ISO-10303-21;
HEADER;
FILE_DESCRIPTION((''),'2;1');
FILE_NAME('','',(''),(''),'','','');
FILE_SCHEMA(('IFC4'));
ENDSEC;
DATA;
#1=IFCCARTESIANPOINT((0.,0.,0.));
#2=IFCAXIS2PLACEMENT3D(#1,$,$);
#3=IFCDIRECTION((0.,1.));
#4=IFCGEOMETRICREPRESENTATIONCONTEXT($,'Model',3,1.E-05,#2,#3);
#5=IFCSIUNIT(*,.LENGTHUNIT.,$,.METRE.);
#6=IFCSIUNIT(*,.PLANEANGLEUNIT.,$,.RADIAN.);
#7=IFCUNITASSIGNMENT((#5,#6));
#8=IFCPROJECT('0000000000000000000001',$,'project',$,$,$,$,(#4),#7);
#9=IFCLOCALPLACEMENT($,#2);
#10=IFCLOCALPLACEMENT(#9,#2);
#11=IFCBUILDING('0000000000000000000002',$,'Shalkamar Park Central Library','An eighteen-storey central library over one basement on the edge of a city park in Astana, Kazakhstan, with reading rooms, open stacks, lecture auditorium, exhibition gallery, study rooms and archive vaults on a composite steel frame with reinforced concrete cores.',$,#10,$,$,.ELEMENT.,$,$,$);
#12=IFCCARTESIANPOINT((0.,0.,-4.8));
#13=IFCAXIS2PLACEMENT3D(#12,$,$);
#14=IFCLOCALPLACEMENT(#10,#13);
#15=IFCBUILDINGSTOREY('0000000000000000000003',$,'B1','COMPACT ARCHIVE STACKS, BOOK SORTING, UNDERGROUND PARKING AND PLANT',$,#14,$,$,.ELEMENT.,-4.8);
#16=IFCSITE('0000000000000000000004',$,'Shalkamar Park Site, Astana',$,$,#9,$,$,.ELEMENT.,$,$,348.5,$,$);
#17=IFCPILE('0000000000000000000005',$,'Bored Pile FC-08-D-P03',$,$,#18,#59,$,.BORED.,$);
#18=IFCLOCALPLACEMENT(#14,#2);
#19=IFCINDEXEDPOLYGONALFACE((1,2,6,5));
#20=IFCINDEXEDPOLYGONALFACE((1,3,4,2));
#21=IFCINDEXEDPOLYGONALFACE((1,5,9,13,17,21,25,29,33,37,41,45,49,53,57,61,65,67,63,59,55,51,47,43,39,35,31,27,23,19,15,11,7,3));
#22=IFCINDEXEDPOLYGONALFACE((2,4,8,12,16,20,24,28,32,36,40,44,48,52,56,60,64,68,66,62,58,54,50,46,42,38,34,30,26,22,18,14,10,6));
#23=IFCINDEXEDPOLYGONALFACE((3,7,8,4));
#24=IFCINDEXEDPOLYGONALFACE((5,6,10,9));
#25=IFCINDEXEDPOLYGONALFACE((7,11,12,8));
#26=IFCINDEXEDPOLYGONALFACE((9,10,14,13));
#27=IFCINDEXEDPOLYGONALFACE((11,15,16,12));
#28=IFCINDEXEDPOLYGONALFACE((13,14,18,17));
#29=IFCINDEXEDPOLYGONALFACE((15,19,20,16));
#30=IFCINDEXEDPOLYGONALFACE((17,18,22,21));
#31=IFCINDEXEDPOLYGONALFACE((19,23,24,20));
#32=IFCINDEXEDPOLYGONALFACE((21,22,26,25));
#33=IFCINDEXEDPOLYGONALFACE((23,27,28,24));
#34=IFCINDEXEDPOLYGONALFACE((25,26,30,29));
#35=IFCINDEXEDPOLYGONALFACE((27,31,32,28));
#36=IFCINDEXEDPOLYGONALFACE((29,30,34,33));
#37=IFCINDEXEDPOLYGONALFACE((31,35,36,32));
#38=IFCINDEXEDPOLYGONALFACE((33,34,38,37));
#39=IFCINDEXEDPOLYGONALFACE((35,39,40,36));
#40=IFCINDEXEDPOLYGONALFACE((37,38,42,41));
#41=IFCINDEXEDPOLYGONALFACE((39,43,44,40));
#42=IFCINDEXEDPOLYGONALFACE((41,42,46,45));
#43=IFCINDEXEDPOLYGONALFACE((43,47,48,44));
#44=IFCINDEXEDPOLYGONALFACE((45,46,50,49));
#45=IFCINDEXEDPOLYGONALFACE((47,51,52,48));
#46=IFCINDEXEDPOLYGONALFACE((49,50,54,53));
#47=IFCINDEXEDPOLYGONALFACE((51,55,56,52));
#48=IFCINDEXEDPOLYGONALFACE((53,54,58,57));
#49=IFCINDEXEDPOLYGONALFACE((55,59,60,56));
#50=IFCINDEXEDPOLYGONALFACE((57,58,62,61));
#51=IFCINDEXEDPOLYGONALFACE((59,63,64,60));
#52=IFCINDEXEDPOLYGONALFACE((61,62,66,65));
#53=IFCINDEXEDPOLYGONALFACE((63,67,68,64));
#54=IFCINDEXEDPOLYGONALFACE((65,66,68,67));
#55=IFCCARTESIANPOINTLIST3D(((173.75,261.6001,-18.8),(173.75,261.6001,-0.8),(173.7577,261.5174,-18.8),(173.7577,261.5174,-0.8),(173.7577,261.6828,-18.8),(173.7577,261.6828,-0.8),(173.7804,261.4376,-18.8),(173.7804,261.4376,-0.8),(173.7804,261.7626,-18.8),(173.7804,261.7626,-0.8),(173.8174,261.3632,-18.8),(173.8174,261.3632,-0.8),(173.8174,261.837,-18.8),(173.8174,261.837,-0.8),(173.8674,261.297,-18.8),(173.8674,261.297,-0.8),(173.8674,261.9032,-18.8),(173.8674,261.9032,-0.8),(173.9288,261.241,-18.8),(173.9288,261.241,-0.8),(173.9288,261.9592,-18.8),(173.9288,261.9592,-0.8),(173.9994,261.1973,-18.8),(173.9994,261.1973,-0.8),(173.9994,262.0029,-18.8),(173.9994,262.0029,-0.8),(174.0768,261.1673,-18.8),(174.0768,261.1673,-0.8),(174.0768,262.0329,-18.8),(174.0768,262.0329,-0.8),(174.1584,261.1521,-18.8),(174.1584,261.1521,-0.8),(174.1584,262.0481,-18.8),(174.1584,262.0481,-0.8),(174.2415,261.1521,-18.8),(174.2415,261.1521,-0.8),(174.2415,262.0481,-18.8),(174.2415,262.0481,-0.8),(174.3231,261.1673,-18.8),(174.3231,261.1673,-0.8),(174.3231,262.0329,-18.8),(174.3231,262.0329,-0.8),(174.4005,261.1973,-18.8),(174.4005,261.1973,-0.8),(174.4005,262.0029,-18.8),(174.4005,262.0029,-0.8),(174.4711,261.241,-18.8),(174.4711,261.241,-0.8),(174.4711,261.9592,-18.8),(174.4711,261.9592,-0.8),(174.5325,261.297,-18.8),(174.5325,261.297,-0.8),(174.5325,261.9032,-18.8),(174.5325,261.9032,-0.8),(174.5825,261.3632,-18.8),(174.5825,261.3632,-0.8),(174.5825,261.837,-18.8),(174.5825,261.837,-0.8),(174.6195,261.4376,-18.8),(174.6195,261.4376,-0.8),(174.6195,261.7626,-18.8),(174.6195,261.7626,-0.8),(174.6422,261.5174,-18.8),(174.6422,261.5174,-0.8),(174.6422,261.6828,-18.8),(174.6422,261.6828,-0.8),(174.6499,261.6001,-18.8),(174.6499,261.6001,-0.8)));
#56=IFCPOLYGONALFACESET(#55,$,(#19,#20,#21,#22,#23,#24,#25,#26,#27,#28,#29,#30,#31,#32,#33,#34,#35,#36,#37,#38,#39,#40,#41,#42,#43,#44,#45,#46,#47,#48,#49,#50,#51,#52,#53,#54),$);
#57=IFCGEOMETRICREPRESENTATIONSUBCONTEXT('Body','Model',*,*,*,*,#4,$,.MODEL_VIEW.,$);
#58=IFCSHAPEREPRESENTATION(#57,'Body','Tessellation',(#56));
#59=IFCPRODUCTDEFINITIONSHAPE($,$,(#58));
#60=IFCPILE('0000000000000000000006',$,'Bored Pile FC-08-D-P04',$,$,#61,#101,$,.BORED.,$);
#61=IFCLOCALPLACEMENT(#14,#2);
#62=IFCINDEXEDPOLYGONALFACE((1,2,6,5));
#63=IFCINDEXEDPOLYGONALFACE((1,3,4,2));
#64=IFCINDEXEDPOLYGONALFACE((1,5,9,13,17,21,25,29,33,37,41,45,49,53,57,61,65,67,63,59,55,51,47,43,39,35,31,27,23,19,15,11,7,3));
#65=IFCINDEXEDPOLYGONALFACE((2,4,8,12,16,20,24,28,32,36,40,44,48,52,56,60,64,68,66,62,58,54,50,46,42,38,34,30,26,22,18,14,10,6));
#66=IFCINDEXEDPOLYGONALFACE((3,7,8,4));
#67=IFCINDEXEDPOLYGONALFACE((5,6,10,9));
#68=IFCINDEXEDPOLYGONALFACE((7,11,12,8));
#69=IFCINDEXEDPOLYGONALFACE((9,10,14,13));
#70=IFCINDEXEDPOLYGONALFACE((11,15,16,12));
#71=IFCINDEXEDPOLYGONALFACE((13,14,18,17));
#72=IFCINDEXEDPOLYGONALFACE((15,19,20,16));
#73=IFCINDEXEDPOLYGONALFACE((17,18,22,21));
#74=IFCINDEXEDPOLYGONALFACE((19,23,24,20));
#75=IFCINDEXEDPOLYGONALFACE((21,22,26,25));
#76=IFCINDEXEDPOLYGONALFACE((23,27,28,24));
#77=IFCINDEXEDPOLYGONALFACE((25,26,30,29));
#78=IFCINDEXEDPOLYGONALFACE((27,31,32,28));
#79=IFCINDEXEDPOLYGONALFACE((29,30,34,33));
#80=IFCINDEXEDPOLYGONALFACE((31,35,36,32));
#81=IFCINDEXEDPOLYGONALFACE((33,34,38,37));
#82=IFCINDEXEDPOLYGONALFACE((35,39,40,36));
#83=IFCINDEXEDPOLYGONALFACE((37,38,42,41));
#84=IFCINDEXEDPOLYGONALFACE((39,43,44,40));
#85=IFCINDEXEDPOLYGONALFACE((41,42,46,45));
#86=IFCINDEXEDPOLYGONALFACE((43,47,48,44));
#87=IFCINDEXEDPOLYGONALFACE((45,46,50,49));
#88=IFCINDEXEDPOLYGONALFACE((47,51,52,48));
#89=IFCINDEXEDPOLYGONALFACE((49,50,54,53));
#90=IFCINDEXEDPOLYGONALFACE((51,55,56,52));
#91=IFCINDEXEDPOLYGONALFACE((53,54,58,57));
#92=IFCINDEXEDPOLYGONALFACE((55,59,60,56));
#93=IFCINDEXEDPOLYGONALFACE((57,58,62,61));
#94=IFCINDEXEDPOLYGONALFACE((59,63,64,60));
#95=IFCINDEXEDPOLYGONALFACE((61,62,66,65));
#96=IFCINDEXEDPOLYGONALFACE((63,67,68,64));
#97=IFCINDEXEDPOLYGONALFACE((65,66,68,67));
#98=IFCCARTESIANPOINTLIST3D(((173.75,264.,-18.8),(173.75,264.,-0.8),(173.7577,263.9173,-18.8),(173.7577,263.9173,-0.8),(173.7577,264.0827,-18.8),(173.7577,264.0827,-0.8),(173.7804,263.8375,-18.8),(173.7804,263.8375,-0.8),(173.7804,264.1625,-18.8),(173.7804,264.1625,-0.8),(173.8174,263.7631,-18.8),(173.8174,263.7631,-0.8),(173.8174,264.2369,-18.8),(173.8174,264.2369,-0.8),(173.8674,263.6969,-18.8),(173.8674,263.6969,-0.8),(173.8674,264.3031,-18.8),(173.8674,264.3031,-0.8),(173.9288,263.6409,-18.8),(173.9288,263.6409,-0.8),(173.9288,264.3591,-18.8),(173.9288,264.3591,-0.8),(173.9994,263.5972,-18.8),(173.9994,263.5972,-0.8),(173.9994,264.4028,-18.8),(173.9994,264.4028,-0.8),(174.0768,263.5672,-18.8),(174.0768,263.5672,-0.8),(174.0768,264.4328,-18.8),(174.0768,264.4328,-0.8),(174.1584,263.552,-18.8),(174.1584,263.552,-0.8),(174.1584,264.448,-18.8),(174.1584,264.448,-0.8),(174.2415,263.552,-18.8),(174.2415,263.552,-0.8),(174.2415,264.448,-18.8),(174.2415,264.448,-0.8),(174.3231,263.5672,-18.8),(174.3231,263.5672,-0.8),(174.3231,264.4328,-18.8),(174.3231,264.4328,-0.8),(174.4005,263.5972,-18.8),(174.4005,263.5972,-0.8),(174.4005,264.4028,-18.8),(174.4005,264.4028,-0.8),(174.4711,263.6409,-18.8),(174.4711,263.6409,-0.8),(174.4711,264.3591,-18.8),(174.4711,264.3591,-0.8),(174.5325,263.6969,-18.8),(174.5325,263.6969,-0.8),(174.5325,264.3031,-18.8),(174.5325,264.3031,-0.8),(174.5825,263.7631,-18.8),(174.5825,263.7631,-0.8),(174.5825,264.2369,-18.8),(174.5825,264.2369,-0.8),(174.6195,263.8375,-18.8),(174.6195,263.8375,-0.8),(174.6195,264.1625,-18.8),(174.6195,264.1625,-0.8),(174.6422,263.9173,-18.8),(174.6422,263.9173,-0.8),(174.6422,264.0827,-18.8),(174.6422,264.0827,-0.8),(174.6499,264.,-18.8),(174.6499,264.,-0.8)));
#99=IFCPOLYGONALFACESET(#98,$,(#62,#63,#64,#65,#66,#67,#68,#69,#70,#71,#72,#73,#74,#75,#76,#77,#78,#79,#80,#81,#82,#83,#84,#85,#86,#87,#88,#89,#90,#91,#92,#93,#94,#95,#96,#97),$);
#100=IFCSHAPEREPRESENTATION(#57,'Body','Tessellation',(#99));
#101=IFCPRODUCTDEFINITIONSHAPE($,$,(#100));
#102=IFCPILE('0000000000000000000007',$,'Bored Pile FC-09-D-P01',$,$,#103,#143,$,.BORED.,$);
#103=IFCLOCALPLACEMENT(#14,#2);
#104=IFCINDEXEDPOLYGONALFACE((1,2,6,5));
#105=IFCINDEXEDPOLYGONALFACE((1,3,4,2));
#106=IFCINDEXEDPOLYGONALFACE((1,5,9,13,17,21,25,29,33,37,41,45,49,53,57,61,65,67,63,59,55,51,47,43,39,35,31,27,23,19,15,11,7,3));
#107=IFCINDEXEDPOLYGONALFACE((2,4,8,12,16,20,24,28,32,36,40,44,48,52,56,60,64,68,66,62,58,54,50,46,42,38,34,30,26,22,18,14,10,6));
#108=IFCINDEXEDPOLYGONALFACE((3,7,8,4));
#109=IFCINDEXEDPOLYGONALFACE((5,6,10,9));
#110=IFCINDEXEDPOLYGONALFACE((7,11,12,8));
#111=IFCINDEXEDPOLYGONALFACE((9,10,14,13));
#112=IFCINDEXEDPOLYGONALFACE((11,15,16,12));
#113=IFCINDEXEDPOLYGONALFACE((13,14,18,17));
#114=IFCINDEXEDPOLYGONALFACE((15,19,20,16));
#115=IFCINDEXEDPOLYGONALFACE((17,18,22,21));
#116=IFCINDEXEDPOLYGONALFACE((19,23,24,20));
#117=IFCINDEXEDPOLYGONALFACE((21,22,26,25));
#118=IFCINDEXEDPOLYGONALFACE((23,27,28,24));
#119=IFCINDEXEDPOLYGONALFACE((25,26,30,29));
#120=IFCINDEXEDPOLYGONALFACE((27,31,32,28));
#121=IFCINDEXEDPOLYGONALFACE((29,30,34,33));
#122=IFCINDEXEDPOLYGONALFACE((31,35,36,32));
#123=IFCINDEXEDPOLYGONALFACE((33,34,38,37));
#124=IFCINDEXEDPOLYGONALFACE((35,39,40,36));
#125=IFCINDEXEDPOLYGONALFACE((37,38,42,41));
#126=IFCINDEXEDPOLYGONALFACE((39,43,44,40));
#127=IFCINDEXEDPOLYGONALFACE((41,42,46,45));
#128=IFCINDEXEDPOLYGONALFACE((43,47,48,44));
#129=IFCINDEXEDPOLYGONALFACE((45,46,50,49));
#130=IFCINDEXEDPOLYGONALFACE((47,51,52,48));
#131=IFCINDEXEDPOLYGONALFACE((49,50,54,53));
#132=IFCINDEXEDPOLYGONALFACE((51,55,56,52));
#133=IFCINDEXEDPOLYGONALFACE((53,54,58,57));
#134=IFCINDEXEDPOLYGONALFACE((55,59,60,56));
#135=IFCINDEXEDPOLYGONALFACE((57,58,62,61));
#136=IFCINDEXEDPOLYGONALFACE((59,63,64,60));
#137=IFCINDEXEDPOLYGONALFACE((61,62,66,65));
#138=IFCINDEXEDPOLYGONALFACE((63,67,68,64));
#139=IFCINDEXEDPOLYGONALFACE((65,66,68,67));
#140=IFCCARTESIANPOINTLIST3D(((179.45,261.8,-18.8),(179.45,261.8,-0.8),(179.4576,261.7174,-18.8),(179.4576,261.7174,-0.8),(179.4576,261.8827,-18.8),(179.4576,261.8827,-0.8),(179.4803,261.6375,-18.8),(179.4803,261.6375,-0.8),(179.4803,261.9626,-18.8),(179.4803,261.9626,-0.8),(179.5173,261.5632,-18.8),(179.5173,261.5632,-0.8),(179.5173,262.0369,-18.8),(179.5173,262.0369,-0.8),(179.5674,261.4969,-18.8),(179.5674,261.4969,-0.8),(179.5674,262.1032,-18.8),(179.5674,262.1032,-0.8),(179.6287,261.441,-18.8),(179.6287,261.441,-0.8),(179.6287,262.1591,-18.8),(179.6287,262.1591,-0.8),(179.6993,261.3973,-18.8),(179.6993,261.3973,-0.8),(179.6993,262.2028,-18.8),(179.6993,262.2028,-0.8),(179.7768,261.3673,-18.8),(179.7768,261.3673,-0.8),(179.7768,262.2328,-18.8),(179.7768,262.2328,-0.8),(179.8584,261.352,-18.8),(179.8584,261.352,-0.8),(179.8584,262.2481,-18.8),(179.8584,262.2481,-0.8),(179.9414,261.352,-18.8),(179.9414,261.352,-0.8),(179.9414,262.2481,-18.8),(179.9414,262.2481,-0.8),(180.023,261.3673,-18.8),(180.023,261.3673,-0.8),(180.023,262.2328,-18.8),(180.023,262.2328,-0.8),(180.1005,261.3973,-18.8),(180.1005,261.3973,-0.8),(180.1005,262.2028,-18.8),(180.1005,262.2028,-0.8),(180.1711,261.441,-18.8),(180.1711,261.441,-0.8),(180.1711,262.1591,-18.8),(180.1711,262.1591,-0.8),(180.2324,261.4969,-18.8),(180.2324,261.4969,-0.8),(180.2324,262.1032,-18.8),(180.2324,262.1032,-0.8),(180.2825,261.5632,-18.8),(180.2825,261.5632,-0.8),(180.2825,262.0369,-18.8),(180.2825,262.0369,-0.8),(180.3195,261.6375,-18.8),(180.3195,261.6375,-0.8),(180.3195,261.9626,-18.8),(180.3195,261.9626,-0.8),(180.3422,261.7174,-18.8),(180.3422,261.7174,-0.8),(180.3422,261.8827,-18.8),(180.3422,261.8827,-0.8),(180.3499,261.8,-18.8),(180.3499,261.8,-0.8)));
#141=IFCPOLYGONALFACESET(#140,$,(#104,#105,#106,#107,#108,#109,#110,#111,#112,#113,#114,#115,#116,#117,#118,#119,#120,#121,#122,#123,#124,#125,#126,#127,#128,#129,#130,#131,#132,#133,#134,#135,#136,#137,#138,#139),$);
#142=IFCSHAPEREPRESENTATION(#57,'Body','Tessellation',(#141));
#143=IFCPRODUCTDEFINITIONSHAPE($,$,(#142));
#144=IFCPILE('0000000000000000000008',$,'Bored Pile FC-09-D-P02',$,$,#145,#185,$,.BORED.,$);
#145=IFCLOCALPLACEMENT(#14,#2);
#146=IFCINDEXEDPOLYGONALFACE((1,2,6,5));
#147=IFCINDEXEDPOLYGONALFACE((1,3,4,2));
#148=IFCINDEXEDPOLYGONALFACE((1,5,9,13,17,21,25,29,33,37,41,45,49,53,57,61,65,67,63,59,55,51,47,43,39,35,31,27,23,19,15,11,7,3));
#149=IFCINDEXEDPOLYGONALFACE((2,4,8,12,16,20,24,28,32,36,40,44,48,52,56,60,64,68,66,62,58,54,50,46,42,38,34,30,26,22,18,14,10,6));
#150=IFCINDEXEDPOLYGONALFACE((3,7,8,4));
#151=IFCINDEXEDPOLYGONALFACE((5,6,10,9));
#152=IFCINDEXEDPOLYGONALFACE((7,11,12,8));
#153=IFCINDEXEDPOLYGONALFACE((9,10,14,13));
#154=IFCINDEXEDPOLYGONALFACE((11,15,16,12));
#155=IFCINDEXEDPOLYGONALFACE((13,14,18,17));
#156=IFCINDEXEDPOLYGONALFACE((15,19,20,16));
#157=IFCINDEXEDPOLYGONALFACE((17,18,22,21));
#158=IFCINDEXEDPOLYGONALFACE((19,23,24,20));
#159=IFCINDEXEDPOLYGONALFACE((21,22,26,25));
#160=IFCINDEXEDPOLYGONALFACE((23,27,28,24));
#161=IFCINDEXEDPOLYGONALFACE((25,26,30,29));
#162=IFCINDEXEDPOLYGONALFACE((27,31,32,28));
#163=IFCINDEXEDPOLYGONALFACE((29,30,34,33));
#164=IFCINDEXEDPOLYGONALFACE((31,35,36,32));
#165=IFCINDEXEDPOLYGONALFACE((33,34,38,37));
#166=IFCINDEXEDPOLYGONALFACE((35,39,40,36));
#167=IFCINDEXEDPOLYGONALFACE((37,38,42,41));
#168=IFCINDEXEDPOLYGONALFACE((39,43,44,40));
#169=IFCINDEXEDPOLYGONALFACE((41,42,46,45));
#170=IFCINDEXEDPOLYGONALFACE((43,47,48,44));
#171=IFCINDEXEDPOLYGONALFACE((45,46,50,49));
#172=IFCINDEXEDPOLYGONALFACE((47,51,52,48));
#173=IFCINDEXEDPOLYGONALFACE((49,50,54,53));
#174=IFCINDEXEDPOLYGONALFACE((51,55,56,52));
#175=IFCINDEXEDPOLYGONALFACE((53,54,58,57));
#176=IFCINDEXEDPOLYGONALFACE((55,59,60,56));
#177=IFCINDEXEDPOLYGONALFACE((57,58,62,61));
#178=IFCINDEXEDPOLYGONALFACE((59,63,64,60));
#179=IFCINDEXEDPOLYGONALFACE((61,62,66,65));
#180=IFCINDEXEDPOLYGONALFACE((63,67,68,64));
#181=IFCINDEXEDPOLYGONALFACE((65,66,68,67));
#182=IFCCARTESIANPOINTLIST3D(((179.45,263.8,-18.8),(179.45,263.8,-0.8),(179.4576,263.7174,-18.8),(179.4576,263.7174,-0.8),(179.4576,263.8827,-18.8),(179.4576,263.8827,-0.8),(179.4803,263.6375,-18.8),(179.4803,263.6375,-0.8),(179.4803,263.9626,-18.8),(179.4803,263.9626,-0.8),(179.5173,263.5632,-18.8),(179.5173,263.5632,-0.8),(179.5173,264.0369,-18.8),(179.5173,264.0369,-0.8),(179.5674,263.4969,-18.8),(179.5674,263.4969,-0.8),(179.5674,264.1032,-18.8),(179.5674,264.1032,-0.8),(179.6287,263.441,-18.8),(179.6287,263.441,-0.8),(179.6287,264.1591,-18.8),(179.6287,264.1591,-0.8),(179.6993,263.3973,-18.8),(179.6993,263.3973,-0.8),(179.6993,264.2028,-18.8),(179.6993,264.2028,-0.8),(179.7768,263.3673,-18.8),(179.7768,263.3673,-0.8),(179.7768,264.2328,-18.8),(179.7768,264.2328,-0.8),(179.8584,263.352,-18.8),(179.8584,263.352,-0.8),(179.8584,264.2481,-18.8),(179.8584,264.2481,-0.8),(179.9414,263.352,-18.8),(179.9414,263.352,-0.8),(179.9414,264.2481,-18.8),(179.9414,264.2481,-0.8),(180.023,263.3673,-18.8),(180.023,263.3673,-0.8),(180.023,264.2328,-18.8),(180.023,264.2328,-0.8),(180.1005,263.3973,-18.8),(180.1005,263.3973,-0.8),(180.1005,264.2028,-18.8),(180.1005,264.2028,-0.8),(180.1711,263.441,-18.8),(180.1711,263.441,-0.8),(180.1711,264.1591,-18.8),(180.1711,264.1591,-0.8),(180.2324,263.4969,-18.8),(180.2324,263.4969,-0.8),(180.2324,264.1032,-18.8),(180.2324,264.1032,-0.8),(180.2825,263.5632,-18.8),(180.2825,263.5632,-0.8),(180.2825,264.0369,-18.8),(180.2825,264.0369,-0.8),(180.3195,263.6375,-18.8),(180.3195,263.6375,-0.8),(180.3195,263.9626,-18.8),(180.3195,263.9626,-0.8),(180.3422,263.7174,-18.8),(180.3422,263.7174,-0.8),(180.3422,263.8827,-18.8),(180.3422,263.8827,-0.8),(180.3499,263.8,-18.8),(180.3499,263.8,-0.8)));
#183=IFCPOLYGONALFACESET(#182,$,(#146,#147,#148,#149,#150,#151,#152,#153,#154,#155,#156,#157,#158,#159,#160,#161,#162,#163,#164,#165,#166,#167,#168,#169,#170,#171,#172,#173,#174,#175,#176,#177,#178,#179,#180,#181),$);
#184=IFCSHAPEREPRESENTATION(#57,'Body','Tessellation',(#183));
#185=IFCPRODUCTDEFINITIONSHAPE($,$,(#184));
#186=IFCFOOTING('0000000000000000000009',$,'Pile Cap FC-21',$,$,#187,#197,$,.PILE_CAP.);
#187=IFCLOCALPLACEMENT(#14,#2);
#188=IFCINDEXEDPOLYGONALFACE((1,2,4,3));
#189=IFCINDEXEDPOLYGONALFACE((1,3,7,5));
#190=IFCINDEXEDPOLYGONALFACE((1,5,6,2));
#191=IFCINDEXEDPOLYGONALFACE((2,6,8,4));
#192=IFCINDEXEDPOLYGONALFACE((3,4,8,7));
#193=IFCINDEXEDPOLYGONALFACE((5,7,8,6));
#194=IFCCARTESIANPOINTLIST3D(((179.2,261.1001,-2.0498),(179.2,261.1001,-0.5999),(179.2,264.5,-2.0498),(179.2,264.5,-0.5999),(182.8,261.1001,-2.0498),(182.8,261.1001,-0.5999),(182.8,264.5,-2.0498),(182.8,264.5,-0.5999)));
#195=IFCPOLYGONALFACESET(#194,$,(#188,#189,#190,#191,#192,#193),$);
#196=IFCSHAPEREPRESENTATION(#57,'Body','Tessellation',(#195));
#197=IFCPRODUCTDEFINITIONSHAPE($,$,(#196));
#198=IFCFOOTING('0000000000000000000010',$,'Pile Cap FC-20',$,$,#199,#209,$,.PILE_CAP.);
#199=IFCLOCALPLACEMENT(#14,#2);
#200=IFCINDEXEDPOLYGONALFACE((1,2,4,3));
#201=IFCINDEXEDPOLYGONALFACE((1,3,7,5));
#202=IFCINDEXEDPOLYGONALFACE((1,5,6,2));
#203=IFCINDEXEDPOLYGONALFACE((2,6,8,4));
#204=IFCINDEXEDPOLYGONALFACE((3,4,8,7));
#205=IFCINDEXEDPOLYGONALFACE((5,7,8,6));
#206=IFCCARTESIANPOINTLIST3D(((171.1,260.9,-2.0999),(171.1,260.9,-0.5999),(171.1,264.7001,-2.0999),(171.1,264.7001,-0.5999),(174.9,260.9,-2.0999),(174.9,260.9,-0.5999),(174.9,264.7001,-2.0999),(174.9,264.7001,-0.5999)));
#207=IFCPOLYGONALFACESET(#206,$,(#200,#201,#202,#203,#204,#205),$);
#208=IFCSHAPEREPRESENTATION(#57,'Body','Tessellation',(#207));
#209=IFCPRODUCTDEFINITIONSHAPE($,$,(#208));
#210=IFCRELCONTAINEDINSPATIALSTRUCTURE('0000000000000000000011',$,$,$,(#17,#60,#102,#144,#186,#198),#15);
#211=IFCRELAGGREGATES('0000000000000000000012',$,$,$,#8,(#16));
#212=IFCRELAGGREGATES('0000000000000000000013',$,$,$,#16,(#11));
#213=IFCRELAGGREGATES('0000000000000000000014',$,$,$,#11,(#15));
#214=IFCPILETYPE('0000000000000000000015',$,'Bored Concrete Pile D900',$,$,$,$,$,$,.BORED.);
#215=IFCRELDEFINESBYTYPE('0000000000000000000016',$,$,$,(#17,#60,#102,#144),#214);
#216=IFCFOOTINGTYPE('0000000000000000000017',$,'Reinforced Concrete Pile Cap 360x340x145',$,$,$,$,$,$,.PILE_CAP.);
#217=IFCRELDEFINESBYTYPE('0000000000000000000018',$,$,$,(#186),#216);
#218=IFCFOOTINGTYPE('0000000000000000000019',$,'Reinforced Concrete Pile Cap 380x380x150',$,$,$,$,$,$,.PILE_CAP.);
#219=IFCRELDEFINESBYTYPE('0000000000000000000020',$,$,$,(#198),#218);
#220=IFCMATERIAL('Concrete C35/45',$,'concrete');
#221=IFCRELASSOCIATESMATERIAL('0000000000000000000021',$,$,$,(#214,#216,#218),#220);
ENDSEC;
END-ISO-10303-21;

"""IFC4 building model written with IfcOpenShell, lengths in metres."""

from ifc_helpers import new_model, si_unit, direction, frame, origin, origin_2d, place, context, subcontext, project, spatial, rectangle, circle, extrude, material, material_profile, profile_set, type_object, element, save


model = new_model("IFC4")

# Units and contexts
model_context = context("Model", 3, precision=1e-05, world=origin(), true_north=direction((0.0, 1.0)))
body_context = subcontext(model_context, "Body", "Model", "MODEL_VIEW")
ifc_project = project(units=[si_unit("LENGTHUNIT", "METRE"), si_unit("PLANEANGLEUNIT", "RADIAN")], contexts=[model_context])

# Site, building, storey
site_placement = place(None, origin())
site = spatial("IfcSite", under=ifc_project, at=site_placement, Name="Shalkamar Park Site, Astana", CompositionType="ELEMENT", RefElevation=348.5)
building_placement = place(site_placement, origin())
building = spatial("IfcBuilding", under=site, at=building_placement, Name="Shalkamar Park Central Library", Description="An eighteen-storey central library over one basement on the edge of a city park in Astana, Kazakhstan, with reading rooms, open stacks, lecture auditorium, exhibition gallery, study rooms and archive vaults on a composite steel frame with reinforced concrete cores.", CompositionType="ELEMENT")
storey_placement = place(building_placement, frame((0.0, 0.0, -4.8)))
storey = spatial("IfcBuildingStorey", under=building, at=storey_placement, Name="B1", Description="COMPACT ARCHIVE STACKS, BOOK SORTING, UNDERGROUND PARKING AND PLANT", CompositionType="ELEMENT", Elevation=-4.8)

# Piles
ifc_material_1 = material(Name="Concrete C35/45", Category="concrete")
ifc_material_profile_1 = material_profile(ifc_material_1, circle(Radius=0.45, at=origin_2d()), Name="PILE D900")
ifc_profile_set_1 = profile_set([ifc_material_profile_1], Name="Concrete C35/45")
pile_type_1 = type_object("IfcPileType", Name="Bored Concrete Pile D900", PredefinedType="BORED", material=ifc_profile_set_1)
for number, where, z_axis, x_axis, name in (
    (1, (174.2, 261.6001, -0.8), (0.0, 0.0, -1.0), (1.0, 0.0, 0.0), "Bored Pile FC-08-D-P03"),
    (2, (174.2, 264.0, -0.8), (0.0, 0.0, -1.0), (1.0, 0.0, 0.0), "Bored Pile FC-08-D-P04"),
    (3, (179.8999, 261.8, -0.8), (0.0, 0.0, -1.0), (1.0, 0.0, 0.0), "Bored Pile FC-09-D-P01"),
    (4, (179.8999, 263.8, -0.8), (0.0, 0.0, -1.0), (1.0, 0.0, 0.0), "Bored Pile FC-09-D-P02"),
):
    element("IfcPile", number, at=place(storey_placement, frame(where, z_axis=z_axis, x_axis=x_axis)), inside=storey, type_object=pile_type_1, Name=name, PredefinedType="BORED", context=body_context, shape_type="SweptSolid", body=[
        extrude(circle(Radius=0.45, at=origin_2d()), origin(), (0.0, 0.0, 1.0), 18.0),
    ])

# Footings
footing_type_1 = type_object("IfcFootingType", Name="Reinforced Concrete Pile Cap 360x340x145", PredefinedType="PILE_CAP", material=ifc_material_1)
footing_1_placement = place(storey_placement, frame((181.0, 262.8, -2.0498), z_axis=(0.0, 0.0, 1.0), x_axis=(1.0, 0.0, 0.0)))
element("IfcFooting", 5, at=footing_1_placement, inside=storey, type_object=footing_type_1, Name="Pile Cap FC-21", PredefinedType="PILE_CAP", context=body_context, shape_type="SweptSolid", body=[
    extrude(rectangle(XDim=3.6001, YDim=3.3999, at=origin_2d()), origin(), (0.0, 0.0, 1.0), 1.45),
])
footing_type_2 = type_object("IfcFootingType", Name="Reinforced Concrete Pile Cap 380x380x150", PredefinedType="PILE_CAP", material=ifc_material_1)
footing_2_placement = place(storey_placement, frame((173.0, 262.8, -2.0999), z_axis=(0.0, 0.0, 1.0), x_axis=(1.0, 0.0, 0.0)))
element("IfcFooting", 6, at=footing_2_placement, inside=storey, type_object=footing_type_2, Name="Pile Cap FC-20", PredefinedType="PILE_CAP", context=body_context, shape_type="SweptSolid", body=[
    extrude(rectangle(XDim=3.8, YDim=3.8, at=origin_2d()), origin(), (0.0, 0.0, 1.0), 1.5),
])

save(model, "model.ifc")
